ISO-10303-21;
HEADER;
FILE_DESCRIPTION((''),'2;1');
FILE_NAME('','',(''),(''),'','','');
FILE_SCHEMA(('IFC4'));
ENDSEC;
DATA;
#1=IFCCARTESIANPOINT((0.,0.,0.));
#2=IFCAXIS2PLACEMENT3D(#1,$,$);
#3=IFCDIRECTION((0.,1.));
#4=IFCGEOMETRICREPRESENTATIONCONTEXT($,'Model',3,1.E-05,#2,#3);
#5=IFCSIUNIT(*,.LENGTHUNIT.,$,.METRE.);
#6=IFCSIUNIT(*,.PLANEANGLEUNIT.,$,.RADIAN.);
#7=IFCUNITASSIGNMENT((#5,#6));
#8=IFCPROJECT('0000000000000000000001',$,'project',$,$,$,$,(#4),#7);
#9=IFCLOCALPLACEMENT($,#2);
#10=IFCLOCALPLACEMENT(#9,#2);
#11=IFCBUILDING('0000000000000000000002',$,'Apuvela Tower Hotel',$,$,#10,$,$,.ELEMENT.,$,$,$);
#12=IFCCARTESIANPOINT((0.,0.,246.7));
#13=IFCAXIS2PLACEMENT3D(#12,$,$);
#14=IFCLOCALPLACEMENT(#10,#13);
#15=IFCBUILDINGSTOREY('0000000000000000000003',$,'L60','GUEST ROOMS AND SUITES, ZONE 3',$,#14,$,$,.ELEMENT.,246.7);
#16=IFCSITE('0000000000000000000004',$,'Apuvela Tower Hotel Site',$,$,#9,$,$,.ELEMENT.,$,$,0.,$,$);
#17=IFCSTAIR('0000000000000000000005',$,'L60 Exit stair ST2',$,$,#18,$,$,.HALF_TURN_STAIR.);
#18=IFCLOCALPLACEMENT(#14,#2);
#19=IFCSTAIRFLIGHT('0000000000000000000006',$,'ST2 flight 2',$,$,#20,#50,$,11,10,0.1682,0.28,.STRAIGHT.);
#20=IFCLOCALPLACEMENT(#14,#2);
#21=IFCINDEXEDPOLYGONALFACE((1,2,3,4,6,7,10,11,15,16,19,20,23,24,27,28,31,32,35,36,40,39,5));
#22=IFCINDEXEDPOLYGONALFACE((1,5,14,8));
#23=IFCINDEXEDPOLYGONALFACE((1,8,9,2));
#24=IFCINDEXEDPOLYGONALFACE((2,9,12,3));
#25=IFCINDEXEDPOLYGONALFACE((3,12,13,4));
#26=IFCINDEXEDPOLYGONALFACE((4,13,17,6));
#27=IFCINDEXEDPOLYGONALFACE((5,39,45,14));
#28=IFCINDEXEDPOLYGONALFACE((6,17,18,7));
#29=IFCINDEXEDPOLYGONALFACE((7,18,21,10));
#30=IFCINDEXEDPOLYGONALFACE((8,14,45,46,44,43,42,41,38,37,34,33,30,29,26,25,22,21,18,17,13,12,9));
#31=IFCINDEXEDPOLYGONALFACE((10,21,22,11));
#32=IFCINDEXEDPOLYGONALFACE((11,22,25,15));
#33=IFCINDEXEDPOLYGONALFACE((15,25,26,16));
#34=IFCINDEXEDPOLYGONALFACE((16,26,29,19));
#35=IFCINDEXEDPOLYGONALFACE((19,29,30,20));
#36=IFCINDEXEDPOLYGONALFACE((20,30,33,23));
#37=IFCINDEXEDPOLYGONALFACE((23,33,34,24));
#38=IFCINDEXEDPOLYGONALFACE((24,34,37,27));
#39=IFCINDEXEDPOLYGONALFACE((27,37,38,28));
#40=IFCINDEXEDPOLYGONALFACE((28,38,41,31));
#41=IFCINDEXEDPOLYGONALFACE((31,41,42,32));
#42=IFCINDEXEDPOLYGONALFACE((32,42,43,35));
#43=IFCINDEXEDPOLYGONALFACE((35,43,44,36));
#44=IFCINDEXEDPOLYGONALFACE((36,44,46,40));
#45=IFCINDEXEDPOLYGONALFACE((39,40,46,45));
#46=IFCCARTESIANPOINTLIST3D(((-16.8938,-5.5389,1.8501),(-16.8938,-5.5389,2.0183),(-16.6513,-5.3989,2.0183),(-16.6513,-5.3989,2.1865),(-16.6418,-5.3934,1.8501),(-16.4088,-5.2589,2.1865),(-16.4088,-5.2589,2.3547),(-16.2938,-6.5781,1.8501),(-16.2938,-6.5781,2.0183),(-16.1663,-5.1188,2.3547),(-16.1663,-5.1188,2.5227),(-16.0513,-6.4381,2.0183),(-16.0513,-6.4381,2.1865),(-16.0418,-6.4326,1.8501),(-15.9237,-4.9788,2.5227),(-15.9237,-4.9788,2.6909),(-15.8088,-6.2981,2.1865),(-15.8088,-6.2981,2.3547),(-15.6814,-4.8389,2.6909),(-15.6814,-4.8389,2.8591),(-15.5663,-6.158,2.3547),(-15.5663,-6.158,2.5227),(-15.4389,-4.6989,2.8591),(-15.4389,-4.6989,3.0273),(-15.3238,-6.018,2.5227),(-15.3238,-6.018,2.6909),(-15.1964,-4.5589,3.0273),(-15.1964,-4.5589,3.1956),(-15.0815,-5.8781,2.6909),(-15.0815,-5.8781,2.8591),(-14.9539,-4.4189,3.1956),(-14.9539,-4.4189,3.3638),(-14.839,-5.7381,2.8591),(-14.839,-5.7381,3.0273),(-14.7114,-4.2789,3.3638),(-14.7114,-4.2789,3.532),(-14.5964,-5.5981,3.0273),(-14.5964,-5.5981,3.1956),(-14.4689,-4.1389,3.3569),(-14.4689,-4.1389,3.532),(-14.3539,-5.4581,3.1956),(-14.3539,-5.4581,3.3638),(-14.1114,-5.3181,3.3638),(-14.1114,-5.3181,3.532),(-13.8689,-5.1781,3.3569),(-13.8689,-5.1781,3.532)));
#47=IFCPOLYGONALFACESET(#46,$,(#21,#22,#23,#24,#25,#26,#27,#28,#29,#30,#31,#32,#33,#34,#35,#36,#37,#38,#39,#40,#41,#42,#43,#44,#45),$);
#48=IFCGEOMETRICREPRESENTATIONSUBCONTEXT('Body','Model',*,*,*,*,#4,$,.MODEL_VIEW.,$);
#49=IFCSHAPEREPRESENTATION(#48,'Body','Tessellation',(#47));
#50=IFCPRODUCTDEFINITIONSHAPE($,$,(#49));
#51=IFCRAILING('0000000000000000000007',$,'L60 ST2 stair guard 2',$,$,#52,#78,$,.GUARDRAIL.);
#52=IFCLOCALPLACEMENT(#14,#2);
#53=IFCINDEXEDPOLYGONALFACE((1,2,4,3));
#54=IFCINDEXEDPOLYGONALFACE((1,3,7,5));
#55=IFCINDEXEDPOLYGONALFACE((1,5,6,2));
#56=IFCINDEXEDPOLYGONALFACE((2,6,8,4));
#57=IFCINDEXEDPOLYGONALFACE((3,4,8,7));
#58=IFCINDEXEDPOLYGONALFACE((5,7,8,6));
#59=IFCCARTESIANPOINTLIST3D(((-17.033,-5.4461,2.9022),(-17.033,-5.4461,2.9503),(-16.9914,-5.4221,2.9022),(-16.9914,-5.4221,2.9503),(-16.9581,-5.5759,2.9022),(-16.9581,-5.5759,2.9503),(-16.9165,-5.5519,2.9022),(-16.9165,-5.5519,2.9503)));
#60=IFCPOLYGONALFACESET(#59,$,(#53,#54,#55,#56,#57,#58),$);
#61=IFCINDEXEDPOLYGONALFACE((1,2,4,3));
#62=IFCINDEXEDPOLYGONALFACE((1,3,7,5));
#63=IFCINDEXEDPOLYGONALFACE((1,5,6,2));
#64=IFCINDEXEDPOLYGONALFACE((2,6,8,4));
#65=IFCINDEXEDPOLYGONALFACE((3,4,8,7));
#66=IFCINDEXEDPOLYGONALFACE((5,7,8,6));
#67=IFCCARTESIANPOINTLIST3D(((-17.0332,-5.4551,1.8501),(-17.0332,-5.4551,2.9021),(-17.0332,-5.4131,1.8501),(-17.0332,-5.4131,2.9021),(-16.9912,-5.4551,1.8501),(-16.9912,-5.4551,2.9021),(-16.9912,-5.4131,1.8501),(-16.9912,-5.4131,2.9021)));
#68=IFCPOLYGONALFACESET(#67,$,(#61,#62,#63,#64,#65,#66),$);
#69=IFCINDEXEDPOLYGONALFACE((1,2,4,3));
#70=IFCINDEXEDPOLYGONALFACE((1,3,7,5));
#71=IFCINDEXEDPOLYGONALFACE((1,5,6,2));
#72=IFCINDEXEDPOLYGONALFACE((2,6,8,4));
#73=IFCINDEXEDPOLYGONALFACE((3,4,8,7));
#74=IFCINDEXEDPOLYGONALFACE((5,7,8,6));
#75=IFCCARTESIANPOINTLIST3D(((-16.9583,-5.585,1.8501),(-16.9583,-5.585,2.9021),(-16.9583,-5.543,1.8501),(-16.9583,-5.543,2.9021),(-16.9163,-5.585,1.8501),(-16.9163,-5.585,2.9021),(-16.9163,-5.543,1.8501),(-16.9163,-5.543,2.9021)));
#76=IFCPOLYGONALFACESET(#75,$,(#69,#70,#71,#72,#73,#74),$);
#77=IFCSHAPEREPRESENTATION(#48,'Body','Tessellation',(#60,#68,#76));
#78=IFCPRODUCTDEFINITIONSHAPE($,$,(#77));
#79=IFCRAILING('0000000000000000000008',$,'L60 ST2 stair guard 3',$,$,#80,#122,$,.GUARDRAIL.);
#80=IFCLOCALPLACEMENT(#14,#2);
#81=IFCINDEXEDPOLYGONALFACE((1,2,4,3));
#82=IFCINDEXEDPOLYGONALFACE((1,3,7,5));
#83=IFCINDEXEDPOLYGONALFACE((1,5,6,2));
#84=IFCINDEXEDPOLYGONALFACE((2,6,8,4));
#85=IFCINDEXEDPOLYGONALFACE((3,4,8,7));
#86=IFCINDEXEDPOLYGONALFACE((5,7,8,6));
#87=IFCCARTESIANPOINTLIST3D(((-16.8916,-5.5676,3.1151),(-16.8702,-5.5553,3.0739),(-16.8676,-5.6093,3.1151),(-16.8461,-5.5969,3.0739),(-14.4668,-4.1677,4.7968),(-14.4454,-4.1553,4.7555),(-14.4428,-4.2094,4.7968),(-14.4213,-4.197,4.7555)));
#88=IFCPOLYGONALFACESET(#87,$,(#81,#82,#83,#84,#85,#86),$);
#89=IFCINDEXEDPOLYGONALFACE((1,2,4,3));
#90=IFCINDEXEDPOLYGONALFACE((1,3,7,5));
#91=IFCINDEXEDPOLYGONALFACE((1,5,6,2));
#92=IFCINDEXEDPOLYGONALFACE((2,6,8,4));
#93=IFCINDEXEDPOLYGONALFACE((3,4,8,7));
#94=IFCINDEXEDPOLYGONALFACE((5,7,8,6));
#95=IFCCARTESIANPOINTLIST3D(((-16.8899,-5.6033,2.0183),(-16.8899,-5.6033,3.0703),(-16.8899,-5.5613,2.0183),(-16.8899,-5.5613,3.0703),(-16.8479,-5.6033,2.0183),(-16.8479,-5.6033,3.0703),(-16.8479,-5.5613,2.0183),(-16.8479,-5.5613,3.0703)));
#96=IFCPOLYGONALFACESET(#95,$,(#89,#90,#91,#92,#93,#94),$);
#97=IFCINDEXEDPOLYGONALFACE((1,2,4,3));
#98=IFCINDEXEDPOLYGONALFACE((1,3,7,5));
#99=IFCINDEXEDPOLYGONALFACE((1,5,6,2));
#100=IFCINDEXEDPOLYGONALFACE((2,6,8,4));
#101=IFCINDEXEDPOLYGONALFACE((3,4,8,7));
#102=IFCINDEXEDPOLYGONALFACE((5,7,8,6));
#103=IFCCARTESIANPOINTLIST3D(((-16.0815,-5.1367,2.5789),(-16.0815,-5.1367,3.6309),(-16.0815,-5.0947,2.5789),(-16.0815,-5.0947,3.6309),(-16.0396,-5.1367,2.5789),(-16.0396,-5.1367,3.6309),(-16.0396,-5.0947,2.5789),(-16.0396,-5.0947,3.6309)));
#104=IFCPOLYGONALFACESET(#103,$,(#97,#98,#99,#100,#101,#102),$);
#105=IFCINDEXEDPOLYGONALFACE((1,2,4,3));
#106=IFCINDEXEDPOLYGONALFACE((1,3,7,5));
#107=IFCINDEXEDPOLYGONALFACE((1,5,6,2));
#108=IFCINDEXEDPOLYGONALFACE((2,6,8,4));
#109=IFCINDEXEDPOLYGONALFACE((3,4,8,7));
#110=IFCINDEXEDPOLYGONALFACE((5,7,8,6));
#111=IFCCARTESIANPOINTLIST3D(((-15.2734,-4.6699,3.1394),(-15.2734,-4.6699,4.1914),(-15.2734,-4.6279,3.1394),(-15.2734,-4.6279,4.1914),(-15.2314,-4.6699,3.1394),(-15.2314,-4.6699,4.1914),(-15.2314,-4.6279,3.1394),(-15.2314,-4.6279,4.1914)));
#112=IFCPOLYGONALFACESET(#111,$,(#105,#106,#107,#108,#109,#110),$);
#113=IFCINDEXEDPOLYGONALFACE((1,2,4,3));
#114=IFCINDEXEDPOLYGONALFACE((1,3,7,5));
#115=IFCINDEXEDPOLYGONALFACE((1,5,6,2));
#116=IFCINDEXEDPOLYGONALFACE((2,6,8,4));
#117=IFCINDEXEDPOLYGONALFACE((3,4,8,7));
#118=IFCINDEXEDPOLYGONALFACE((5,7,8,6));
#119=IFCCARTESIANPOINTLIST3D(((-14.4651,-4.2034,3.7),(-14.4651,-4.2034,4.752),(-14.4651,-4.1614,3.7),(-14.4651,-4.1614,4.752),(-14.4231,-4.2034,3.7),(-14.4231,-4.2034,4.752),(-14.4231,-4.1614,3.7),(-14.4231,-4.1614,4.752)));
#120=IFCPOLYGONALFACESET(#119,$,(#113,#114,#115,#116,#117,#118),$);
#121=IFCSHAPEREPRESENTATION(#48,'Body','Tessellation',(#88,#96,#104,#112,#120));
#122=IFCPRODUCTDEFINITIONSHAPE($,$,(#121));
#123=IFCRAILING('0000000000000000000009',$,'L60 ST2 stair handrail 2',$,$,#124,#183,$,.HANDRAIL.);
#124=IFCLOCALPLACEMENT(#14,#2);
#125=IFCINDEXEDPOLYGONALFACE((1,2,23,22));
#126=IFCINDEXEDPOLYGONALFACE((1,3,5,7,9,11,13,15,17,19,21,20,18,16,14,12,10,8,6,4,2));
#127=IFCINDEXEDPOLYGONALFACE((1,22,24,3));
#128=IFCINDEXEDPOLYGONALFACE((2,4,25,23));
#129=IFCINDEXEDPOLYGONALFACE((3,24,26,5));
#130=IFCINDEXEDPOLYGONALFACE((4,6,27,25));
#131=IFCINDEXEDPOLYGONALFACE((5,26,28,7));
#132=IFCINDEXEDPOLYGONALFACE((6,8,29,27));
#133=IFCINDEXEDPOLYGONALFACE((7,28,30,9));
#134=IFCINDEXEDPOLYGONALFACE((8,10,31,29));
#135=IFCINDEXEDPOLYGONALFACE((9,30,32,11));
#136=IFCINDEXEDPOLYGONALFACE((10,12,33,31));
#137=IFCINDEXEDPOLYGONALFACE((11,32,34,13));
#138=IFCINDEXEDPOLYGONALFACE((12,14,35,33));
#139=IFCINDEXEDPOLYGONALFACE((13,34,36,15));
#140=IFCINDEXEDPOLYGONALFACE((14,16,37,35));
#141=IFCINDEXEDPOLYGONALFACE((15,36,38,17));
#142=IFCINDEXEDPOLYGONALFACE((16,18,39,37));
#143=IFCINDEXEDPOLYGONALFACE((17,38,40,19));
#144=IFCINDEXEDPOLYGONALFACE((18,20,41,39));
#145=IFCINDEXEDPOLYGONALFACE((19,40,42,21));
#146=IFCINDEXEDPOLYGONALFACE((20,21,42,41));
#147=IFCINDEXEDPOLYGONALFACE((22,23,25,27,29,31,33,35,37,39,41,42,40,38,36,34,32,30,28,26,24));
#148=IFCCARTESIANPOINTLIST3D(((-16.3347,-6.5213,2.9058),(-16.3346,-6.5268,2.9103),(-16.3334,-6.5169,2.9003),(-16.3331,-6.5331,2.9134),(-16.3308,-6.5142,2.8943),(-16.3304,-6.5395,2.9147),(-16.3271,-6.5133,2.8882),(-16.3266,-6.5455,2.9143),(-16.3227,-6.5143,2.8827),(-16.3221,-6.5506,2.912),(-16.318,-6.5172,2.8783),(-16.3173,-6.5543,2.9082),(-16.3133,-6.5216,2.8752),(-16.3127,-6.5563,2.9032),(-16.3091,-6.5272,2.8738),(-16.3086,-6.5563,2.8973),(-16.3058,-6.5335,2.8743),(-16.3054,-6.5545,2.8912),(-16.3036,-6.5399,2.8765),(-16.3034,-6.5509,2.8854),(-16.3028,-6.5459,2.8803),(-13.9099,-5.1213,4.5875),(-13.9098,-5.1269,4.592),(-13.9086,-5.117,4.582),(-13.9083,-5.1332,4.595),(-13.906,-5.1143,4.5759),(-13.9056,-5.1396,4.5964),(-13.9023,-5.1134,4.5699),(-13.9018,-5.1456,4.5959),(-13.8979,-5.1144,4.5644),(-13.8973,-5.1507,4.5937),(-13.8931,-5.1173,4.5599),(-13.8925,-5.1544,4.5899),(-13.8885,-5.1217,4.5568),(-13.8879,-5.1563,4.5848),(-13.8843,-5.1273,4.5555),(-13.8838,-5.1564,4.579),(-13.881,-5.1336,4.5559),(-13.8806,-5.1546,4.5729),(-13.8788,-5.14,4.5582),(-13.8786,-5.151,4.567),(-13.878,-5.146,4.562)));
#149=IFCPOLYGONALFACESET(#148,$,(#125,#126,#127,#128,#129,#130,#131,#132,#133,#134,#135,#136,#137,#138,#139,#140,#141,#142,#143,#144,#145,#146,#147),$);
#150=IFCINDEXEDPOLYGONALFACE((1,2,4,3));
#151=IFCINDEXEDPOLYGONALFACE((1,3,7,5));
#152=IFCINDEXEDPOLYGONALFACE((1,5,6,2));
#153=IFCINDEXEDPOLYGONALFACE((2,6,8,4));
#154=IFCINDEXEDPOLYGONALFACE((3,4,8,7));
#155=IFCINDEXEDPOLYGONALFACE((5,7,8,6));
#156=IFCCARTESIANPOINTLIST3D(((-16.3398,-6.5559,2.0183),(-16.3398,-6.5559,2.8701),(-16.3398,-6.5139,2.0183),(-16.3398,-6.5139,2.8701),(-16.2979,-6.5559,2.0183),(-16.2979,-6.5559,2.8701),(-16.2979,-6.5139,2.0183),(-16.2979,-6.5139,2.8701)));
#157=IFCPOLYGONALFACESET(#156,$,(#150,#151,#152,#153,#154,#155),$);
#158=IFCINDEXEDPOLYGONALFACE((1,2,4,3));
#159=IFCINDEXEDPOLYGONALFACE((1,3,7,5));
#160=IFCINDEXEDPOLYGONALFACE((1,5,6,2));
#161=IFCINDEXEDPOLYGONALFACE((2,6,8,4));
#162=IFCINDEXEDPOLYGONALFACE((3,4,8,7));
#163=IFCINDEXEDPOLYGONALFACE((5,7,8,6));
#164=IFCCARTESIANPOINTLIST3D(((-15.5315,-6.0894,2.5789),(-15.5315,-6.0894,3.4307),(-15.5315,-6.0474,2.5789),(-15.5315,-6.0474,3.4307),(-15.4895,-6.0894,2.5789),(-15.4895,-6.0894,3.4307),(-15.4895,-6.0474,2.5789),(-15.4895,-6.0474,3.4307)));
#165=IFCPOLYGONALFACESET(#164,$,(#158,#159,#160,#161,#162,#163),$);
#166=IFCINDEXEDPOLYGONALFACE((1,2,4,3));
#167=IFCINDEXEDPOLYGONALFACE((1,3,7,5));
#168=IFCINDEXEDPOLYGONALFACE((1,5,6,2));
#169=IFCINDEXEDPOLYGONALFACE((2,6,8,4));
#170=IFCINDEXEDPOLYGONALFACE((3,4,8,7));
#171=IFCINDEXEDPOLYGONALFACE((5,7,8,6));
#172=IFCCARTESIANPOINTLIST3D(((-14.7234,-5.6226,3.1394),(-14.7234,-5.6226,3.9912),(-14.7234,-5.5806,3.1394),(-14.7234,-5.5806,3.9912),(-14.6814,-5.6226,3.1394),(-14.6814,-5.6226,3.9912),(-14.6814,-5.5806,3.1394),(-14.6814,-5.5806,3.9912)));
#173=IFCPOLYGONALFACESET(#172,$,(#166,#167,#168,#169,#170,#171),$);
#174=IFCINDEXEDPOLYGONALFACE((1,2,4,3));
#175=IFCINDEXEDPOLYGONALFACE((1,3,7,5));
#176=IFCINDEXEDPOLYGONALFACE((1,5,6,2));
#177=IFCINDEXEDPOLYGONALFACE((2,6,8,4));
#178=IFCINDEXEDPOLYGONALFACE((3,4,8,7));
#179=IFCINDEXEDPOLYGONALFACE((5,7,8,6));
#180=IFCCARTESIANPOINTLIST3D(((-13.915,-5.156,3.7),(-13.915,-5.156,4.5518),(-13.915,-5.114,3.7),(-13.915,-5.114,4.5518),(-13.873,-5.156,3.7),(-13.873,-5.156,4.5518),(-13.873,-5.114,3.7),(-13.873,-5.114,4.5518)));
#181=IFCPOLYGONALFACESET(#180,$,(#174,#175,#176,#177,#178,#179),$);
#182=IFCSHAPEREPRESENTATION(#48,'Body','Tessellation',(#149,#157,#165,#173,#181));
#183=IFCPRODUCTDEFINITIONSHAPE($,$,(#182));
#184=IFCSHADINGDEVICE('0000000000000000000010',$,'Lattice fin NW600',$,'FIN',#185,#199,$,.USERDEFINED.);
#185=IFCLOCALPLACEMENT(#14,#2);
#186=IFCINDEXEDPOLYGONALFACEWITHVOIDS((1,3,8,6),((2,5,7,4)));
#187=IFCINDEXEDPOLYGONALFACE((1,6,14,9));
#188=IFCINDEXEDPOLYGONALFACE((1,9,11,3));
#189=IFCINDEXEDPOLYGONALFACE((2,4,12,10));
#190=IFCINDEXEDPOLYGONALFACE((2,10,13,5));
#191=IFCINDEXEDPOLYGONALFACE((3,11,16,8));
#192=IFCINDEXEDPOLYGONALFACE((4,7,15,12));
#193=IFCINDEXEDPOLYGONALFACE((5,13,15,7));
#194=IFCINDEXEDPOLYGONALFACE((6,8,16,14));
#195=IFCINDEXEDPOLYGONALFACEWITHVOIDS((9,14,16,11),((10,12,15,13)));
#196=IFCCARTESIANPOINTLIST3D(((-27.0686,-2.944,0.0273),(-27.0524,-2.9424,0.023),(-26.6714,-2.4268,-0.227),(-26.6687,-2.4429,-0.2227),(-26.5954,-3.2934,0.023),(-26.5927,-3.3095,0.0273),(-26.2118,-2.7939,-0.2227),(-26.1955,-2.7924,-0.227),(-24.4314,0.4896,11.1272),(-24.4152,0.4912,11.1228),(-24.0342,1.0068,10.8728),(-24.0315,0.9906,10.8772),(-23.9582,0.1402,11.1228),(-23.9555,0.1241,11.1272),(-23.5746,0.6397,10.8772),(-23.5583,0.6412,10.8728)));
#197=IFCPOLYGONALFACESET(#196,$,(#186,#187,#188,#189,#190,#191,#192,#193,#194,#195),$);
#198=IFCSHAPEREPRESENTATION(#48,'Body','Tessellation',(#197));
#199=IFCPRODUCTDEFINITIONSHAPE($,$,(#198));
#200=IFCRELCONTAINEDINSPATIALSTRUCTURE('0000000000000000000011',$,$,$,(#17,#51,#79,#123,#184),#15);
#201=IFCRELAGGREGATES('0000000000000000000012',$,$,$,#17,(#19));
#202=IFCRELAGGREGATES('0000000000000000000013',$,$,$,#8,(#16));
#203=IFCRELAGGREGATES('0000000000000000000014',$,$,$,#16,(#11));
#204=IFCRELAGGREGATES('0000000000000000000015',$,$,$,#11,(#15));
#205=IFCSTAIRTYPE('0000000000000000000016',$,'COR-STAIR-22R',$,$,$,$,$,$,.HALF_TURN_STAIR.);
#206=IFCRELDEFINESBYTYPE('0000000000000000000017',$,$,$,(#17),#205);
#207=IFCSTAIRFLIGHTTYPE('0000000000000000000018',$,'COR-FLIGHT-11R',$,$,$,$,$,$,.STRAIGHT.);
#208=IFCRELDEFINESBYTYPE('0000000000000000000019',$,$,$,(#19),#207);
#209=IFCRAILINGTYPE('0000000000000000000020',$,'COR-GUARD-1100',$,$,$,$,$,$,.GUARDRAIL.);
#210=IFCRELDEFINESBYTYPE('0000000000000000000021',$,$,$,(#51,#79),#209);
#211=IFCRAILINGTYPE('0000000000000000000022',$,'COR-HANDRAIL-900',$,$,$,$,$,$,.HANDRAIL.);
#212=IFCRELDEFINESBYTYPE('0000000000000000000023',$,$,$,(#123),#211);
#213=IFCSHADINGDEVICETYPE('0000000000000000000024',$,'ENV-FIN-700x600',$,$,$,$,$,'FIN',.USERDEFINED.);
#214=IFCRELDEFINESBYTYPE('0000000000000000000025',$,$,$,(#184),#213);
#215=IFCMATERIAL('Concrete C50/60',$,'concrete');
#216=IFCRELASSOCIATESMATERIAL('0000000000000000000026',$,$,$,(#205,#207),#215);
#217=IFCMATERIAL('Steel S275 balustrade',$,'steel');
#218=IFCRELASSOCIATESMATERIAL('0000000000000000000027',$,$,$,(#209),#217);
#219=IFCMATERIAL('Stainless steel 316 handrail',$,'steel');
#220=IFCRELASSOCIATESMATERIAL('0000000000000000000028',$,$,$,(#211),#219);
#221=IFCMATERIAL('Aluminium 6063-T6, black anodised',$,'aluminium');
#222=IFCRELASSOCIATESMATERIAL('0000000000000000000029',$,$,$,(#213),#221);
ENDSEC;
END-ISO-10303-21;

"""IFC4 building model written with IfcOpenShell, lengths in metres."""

from ifc_helpers import new_model, si_unit, direction, frame, origin, origin_2d, place, context, subcontext, project, spatial, polyline, rectangle, hollow_rectangle, circle, outline, extrude, material, material_profile, profile_set, type_object, element, aggregate, save


model = new_model("IFC4")

# Units and contexts
model_context = context("Model", 3, precision=1e-05, world=origin(), true_north=direction((0.0, 1.0)))
body_context = subcontext(model_context, "Body", "Model", "MODEL_VIEW")
ifc_project = project(units=[si_unit("LENGTHUNIT", "METRE"), si_unit("PLANEANGLEUNIT", "RADIAN")], contexts=[model_context])

# Site, building, storey
site_placement = place(None, origin())
site = spatial("IfcSite", under=ifc_project, at=site_placement, Name="Apuvela Tower Hotel Site", CompositionType="ELEMENT", RefElevation=0.0)
building_placement = place(site_placement, origin())
building = spatial("IfcBuilding", under=site, at=building_placement, Name="Apuvela Tower Hotel", CompositionType="ELEMENT")
storey_placement = place(building_placement, frame((0.0, 0.0, 246.7)))
storey = spatial("IfcBuildingStorey", under=building, at=storey_placement, Name="L60", Description="GUEST ROOMS AND SUITES, ZONE 3", CompositionType="ELEMENT", Elevation=246.7)

# Shared definitions
ifc_material_1 = material(Name="Concrete C50/60", Category="concrete")

# Stair, stair flight
stair_type = type_object("IfcStairType", Name="COR-STAIR-22R", PredefinedType="HALF_TURN_STAIR", material=ifc_material_1)
stair_placement = place(storey_placement, origin())
stair = element("IfcStair", 1, at=stair_placement, inside=storey, type_object=stair_type, Name="L60 Exit stair ST2", PredefinedType="HALF_TURN_STAIR")
stair_flight_type = type_object("IfcStairFlightType", Name="COR-FLIGHT-11R", PredefinedType="STRAIGHT", material=ifc_material_1)
stair_flight_placement = place(storey_placement, frame((-16.5938, -6.0586, 1.8501), z_axis=(0.0, 0.0, 1.0), x_axis=(0.866025, 0.5, 0.0)))
stair_flight = element("IfcStairFlight", 2, at=stair_flight_placement, type_object=stair_flight_type, Name="ST2 flight 2", NumberOfRisers=11, NumberOfTreads=10, PredefinedType="STRAIGHT", RiserHeight=0.1682, TreadLength=0.28, context=body_context, shape_type="SweptSolid", body=[
    extrude(outline(polyline([(0.0, 0.0), (0.0, 0.1682), (0.28, 0.1682), (0.28, 0.3364), (0.5601, 0.3364), (0.5601, 0.5046), (0.8401, 0.5046), (0.8401, 0.6726), (1.1201, 0.6726), (1.1201, 0.8408), (1.3999, 0.8408), (1.3999, 1.009), (1.6799, 1.009), (1.6799, 1.1772), (1.96, 1.1772), (1.96, 1.3455), (2.24, 1.3455), (2.24, 1.5137), (2.52, 1.5137), (2.52, 1.6819), (2.8, 1.6819), (2.8, 1.8501), (2.8, 1.5068), (0.291, 0.0), (0.0, 0.0)])), frame((0.0, 0.6001, 0.0), z_axis=(0.0, -1.0, 0.0), x_axis=(1.0, 0.0, 0.0)), (0.0, 0.0, 1.0), 1.2),
])
aggregate(stair, [stair_flight])

# Railings
ifc_material_2 = material(Name="Steel S275 balustrade", Category="steel")
railing_type_1 = type_object("IfcRailingType", Name="COR-GUARD-1100", PredefinedType="GUARDRAIL", material=ifc_material_2)
railing_1_placement = place(storey_placement, frame((-17.0122, -5.4341, 1.8501)))
element("IfcRailing", 3, at=railing_1_placement, inside=storey, type_object=railing_type_1, Name="L60 ST2 stair guard 2", PredefinedType="GUARDRAIL", context=body_context, shape_type="SweptSolid", body=[
    extrude(rectangle(XDim=0.0481, YDim=0.0481, at=origin_2d()), frame((0.0, 0.0, 1.0762), z_axis=(0.499816, -0.866131, 0.0), x_axis=(0.866131, 0.499816, 0.0)), (0.0, 0.0, 1.0), 0.1499),
    extrude(rectangle(XDim=0.042, YDim=0.042, at=origin_2d()), origin(), (0.0, 0.0, 1.0), 1.052),
    extrude(rectangle(XDim=0.042, YDim=0.042, at=origin_2d()), frame((0.075, -0.1299, 0.0)), (0.0, 0.0, 1.0), 1.052),
])
railing_2_placement = place(storey_placement, frame((-16.8689, -5.5823, 2.0183)))
element("IfcRailing", 4, at=railing_2_placement, inside=storey, type_object=railing_type_1, Name="L60 ST2 stair guard 3", PredefinedType="GUARDRAIL", context=body_context, shape_type="SweptSolid", body=[
    extrude(rectangle(XDim=0.0481, YDim=0.0481, at=origin_2d()), frame((0.0, 0.0, 1.0762), z_axis=(0.742419, 0.428618, 0.514879), x_axis=(-0.499984, 0.866035, 0.0)), (0.0, 0.0, 1.0), 3.2661),
    extrude(rectangle(XDim=0.042, YDim=0.042, at=origin_2d()), origin(), (0.0, 0.0, 1.0), 1.052),
    extrude(rectangle(XDim=0.042, YDim=0.042, at=origin_2d()), frame((0.8083, 0.4666, 0.5605)), (0.0, 0.0, 1.0), 1.052),
    extrude(rectangle(XDim=0.042, YDim=0.042, at=origin_2d()), frame((1.6165, 0.9333, 1.1211)), (0.0, 0.0, 1.0), 1.052),
    extrude(rectangle(XDim=0.042, YDim=0.042, at=origin_2d()), frame((2.4248, 1.3999, 1.6816)), (0.0, 0.0, 1.0), 1.052),
])
ifc_material_3 = material(Name="Stainless steel 316 handrail", Category="steel")
railing_type_2 = type_object("IfcRailingType", Name="COR-HANDRAIL-900", PredefinedType="HANDRAIL", material=ifc_material_3)
railing_3_placement = place(storey_placement, frame((-16.3188, -6.5349, 2.0183)))
element("IfcRailing", 5, at=railing_3_placement, inside=storey, type_object=railing_type_2, Name="L60 ST2 stair handrail 2", PredefinedType="HANDRAIL", context=body_context, shape_type="SweptSolid", body=[
    extrude(circle(Radius=0.0239, at=origin_2d()), frame((0.0, 0.0, 0.876), z_axis=(0.742419, 0.428618, 0.514879), x_axis=(-0.499984, 0.866035, 0.0)), (0.0, 0.0, 1.0), 3.2661),
    extrude(rectangle(XDim=0.042, YDim=0.042, at=origin_2d()), origin(), (0.0, 0.0, 1.0), 0.8518),
    extrude(rectangle(XDim=0.042, YDim=0.042, at=origin_2d()), frame((0.8083, 0.4666, 0.5605)), (0.0, 0.0, 1.0), 0.8518),
    extrude(rectangle(XDim=0.042, YDim=0.042, at=origin_2d()), frame((1.6165, 0.9333, 1.1211)), (0.0, 0.0, 1.0), 0.8518),
    extrude(rectangle(XDim=0.042, YDim=0.042, at=origin_2d()), frame((2.4248, 1.3999, 1.6816)), (0.0, 0.0, 1.0), 0.8518),
])

# Shading device
ifc_material_4 = material(Name="Aluminium 6063-T6, black anodised", Category="aluminium")
ifc_material_profile_1 = material_profile(ifc_material_4, hollow_rectangle(XDim=0.6001, YDim=0.7, WallThickness=0.012, at=origin_2d()), Name="AL BOX 700x600x12")
ifc_profile_set_1 = profile_set([ifc_material_profile_1], Name="Aluminium 6063-T6, black anodised")
shading_device_type = type_object("IfcShadingDeviceType", Name="ENV-FIN-700x600", ElementType="FIN", PredefinedType="USERDEFINED", material=ifc_profile_set_1)
shading_device_placement = place(storey_placement, frame((-26.6321, -2.8682, -0.0999), z_axis=(0.221348, 0.28819, 0.931639), x_axis=(-0.793072, 0.609127, 0.0)))
element("IfcShadingDevice", 6, at=shading_device_placement, inside=storey, type_object=shading_device_type, Name="Lattice fin NW600", ObjectType="FIN", PredefinedType="USERDEFINED", context=body_context, shape_type="SweptSolid", body=[
    extrude(hollow_rectangle(XDim=0.6001, YDim=0.7, WallThickness=0.012, at=origin_2d()), origin(), (0.0, 0.0, 1.0), 11.9143),
])

save(model, "model.ifc")
